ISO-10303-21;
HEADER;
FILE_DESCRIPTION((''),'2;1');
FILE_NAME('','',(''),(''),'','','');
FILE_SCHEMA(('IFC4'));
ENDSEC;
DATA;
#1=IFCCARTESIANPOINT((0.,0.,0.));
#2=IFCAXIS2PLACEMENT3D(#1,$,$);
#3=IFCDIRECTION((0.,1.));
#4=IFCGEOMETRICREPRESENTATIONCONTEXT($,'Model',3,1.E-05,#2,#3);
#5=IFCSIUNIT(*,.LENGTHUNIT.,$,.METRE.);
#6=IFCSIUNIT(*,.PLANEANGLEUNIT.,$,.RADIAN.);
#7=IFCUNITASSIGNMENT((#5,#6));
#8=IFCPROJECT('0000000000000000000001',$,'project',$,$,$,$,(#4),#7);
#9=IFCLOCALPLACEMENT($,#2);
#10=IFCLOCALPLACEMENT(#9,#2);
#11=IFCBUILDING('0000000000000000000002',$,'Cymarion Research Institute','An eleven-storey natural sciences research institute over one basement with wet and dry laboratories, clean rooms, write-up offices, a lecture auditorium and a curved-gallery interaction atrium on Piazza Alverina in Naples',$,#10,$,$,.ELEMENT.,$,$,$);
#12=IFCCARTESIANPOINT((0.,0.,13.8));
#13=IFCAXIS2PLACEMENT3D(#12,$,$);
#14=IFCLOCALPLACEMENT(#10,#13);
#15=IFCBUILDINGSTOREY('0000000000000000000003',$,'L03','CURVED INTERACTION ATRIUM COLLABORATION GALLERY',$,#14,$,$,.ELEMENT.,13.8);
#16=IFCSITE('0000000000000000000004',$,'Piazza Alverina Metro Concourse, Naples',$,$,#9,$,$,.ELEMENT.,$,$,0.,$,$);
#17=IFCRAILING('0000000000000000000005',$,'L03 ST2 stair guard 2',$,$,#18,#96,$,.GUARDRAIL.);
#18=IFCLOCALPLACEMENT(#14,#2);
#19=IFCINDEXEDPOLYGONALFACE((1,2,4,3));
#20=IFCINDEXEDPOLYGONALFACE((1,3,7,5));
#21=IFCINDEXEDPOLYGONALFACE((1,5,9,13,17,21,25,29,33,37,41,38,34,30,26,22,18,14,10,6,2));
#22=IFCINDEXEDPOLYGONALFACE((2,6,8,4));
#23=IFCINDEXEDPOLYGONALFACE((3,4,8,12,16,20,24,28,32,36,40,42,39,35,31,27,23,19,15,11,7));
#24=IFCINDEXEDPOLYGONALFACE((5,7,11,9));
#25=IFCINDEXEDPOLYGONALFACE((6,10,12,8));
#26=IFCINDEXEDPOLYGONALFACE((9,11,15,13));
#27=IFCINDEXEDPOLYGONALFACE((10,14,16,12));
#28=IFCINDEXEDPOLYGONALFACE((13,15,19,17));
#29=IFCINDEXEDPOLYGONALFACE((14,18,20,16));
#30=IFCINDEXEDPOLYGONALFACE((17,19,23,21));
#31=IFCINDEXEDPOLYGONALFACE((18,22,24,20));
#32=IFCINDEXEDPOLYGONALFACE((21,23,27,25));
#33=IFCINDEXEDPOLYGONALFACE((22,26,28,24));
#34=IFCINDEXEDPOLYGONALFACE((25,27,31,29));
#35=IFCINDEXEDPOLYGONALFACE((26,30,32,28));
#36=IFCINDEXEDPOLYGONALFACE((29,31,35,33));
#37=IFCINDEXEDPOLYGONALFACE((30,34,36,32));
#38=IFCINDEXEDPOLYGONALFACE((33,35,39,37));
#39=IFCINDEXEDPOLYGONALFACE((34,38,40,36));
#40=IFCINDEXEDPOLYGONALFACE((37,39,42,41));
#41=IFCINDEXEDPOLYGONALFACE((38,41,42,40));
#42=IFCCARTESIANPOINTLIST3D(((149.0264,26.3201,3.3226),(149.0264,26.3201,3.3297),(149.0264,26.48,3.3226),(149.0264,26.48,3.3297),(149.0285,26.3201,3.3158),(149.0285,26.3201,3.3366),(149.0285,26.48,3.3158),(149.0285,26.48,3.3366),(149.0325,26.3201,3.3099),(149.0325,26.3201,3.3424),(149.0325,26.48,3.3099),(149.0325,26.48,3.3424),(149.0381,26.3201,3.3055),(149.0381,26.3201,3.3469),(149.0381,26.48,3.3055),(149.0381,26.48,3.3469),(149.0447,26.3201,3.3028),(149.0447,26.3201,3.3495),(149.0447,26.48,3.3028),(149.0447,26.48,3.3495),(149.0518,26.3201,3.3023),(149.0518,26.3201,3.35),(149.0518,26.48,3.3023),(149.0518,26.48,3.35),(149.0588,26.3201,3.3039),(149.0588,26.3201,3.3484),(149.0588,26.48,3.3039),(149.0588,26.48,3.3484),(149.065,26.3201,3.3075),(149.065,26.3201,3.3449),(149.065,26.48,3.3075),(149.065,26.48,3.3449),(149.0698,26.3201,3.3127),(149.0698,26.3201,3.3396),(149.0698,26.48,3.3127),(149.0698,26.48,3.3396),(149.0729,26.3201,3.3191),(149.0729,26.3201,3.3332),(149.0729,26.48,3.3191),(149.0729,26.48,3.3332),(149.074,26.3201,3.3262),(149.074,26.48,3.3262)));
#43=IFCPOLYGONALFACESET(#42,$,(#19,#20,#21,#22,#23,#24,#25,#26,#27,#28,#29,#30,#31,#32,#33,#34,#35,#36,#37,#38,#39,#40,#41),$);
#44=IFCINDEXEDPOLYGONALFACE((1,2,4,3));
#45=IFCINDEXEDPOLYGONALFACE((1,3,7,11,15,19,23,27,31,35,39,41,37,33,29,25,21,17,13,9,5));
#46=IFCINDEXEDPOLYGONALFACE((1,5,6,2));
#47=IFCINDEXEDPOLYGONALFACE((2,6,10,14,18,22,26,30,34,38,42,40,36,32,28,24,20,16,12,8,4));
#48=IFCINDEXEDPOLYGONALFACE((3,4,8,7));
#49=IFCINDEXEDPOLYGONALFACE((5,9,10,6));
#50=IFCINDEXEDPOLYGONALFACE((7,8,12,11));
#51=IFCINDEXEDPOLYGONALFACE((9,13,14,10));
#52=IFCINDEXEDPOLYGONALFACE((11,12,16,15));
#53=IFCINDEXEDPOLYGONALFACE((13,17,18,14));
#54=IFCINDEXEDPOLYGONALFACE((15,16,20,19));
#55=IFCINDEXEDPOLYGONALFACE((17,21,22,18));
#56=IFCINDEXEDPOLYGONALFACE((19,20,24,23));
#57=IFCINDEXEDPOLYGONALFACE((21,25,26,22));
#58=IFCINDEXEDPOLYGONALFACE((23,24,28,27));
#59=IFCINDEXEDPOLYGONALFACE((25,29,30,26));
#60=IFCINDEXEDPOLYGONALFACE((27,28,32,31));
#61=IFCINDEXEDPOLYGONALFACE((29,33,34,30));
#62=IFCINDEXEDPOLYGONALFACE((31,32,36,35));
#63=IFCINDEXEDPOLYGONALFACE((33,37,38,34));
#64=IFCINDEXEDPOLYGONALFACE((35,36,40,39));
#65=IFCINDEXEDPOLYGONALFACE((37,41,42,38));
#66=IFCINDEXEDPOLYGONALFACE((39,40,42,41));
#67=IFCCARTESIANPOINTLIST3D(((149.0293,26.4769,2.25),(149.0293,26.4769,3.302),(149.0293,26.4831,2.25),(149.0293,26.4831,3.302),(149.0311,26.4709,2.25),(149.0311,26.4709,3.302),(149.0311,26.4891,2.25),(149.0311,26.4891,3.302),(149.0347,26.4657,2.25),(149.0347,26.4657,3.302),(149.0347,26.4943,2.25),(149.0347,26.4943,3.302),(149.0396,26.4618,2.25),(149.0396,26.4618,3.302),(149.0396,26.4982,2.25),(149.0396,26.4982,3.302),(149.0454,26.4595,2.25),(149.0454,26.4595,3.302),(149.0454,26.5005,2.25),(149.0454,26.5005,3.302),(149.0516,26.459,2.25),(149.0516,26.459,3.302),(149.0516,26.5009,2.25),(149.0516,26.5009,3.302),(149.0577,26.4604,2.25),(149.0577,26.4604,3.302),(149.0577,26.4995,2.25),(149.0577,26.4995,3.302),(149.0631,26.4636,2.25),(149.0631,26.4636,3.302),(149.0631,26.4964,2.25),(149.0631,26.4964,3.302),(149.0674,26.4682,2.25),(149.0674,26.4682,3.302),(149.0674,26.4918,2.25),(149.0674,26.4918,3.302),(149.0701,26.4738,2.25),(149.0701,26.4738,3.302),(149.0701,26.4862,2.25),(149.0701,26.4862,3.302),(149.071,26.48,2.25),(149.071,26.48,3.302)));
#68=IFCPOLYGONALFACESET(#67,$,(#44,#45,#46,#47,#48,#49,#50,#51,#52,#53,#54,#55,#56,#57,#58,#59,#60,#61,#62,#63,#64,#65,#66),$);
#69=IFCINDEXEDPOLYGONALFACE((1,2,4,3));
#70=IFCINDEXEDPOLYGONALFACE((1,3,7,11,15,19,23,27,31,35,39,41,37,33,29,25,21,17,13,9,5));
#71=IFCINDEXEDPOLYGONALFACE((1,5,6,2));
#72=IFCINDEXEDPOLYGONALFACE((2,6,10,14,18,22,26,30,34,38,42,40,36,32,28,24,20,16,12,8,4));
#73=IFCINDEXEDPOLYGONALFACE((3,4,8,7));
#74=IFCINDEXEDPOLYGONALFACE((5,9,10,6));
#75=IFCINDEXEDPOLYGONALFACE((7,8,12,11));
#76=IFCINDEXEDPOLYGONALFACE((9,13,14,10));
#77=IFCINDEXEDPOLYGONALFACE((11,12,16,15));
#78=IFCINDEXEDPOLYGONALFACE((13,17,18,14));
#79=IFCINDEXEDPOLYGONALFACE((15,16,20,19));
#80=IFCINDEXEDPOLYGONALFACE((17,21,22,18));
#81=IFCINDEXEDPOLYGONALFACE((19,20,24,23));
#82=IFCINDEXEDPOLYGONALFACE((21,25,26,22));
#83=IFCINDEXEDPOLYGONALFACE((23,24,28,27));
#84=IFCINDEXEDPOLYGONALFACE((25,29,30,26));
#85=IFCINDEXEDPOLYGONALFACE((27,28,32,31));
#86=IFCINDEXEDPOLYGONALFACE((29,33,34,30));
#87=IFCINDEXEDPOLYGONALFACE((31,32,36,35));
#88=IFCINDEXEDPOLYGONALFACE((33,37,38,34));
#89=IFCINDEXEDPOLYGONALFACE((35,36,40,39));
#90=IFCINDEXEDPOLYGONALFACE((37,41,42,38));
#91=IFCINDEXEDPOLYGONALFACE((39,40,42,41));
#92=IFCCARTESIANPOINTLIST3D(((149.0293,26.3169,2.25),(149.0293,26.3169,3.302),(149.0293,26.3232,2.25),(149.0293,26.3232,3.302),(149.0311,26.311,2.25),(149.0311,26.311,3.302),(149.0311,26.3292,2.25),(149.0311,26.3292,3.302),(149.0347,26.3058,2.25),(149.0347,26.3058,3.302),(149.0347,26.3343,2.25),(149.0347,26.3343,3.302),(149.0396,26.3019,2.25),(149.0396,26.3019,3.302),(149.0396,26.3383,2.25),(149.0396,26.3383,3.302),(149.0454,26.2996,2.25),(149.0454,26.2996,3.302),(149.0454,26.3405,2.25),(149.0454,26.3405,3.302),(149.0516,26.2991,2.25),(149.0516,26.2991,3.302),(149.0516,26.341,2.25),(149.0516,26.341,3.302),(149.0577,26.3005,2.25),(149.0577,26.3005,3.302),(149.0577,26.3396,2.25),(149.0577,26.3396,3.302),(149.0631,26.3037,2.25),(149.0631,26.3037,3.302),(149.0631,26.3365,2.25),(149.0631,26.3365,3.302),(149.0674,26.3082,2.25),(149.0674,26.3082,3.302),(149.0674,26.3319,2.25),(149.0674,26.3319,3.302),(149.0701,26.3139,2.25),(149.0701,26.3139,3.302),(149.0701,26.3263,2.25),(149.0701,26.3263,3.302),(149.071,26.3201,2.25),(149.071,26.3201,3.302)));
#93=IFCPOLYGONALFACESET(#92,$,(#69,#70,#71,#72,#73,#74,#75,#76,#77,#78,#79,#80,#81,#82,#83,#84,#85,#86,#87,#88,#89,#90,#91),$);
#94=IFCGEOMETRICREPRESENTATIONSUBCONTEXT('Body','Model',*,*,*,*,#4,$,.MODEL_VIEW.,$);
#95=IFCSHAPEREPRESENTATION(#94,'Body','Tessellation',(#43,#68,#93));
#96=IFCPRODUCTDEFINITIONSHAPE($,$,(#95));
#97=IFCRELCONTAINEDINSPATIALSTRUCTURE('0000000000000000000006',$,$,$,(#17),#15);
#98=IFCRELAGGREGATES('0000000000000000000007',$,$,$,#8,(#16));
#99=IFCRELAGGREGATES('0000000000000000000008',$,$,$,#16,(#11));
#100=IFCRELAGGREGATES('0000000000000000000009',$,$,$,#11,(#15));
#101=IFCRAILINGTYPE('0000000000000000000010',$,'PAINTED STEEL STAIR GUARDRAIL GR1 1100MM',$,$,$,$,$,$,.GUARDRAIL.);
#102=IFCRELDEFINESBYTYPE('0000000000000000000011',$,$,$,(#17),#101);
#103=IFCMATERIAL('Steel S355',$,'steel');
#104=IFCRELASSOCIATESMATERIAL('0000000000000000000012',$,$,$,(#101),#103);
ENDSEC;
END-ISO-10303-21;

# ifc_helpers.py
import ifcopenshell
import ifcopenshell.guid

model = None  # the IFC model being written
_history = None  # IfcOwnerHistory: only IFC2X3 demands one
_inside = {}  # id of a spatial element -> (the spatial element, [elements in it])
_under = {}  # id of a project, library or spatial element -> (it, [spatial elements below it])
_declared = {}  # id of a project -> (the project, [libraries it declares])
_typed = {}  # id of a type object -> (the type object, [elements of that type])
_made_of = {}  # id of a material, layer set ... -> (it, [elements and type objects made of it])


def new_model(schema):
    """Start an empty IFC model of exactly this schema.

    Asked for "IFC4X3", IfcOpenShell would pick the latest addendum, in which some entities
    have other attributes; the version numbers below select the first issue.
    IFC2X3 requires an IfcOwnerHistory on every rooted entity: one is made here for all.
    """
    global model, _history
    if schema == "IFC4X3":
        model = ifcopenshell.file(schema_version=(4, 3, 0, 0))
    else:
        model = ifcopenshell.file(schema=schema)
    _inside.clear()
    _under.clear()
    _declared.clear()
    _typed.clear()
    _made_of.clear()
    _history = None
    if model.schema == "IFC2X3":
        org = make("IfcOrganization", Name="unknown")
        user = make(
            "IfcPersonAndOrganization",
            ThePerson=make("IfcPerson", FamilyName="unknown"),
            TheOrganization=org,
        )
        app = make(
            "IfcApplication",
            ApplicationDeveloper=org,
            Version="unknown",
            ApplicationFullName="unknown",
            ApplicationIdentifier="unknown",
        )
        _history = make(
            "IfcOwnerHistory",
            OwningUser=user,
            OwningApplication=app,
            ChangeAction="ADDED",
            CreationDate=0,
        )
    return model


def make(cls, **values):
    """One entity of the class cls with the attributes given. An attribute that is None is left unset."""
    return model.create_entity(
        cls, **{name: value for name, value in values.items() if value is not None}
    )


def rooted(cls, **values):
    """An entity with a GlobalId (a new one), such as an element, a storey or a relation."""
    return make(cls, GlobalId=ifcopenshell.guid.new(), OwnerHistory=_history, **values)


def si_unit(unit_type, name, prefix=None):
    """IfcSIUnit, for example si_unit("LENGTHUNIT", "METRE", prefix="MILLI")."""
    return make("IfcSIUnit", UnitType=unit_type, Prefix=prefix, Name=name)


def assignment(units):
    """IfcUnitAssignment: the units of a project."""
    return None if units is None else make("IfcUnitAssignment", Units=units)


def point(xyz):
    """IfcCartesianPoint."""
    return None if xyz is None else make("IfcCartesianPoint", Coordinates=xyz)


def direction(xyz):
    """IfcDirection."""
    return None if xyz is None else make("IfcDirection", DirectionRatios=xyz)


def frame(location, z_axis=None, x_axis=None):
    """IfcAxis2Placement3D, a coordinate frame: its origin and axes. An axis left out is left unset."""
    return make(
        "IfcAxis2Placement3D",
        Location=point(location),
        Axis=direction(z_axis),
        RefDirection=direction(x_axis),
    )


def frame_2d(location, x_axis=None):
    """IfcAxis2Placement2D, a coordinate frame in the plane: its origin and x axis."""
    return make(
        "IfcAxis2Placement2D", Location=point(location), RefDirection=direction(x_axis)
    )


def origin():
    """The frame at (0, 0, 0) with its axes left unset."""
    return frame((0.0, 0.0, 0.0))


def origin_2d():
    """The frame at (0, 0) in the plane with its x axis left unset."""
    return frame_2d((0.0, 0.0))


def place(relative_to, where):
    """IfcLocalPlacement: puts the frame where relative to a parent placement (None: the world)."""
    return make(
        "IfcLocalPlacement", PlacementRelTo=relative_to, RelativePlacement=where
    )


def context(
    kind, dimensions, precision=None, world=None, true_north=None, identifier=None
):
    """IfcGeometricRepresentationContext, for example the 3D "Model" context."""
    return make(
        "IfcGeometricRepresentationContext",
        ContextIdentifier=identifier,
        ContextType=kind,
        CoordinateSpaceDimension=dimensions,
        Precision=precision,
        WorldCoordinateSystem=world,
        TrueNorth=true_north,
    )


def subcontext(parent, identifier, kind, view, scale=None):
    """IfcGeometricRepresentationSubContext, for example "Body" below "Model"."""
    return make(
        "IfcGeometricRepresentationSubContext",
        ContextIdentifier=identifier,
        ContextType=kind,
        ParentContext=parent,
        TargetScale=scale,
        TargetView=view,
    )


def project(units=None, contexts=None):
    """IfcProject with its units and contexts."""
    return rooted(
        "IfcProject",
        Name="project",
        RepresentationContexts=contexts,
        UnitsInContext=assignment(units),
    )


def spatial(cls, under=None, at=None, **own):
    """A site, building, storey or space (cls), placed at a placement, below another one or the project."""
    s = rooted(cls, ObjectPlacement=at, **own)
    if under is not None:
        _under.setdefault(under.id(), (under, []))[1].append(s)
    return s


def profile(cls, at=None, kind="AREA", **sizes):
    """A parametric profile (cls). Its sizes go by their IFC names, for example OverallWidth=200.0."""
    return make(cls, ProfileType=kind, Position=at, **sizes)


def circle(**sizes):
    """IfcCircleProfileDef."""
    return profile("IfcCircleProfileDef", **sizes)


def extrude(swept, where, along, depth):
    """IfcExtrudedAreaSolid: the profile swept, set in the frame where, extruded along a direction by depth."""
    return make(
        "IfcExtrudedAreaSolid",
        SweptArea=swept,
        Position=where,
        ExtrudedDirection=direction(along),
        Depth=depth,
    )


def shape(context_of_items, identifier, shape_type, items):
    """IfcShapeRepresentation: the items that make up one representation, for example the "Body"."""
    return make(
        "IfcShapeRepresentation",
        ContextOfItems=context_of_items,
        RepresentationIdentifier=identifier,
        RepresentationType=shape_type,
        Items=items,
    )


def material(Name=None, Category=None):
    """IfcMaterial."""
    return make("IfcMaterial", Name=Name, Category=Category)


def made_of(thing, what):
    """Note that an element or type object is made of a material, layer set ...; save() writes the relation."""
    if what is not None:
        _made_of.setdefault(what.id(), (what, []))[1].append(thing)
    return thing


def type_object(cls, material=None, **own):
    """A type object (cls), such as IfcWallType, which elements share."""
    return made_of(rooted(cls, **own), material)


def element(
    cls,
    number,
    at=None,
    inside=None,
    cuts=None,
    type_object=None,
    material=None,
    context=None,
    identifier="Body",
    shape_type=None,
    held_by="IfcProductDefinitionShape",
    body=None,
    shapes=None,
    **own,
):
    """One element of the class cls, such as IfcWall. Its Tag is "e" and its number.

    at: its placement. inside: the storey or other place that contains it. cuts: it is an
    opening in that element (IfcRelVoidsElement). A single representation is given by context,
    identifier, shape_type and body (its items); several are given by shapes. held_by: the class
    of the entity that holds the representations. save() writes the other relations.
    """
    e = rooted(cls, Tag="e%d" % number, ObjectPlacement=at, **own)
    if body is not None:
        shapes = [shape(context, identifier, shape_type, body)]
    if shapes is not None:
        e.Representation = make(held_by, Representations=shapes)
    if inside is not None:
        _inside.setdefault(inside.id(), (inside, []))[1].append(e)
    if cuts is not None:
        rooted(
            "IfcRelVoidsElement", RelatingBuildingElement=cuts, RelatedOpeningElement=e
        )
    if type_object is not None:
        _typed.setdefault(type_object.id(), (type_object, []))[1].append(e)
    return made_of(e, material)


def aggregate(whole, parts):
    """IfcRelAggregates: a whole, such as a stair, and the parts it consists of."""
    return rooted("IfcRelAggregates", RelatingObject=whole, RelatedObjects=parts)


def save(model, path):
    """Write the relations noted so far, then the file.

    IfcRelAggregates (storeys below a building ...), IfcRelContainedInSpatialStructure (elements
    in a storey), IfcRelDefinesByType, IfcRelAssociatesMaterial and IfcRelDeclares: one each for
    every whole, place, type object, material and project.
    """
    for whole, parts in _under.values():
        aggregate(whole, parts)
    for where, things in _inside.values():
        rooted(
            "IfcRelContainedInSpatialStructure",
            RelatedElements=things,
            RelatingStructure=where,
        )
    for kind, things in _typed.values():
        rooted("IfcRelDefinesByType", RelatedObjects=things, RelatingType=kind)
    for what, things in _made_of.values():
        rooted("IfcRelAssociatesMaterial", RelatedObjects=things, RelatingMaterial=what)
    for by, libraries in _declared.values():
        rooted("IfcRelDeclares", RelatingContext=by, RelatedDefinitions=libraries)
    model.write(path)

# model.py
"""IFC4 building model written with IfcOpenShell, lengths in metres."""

from ifc_helpers import new_model, si_unit, direction, frame, origin, origin_2d, place, context, subcontext, project, spatial, circle, extrude, material, type_object, element, save


model = new_model("IFC4")

# Units and contexts
model_context = context("Model", 3, precision=1e-05, world=origin(), true_north=direction((0.0, 1.0)))
body_context = subcontext(model_context, "Body", "Model", "MODEL_VIEW")
ifc_project = project(units=[si_unit("LENGTHUNIT", "METRE"), si_unit("PLANEANGLEUNIT", "RADIAN")], contexts=[model_context])

# Site, building, storey
site_placement = place(None, origin())
site = spatial("IfcSite", under=ifc_project, at=site_placement, Name="Piazza Alverina Metro Concourse, Naples", CompositionType="ELEMENT", RefElevation=0.0)
building_placement = place(site_placement, origin())
building = spatial("IfcBuilding", under=site, at=building_placement, Name="Cymarion Research Institute", Description="An eleven-storey natural sciences research institute over one basement with wet and dry laboratories, clean rooms, write-up offices, a lecture auditorium and a curved-gallery interaction atrium on Piazza Alverina in Naples", CompositionType="ELEMENT")
storey_placement = place(building_placement, frame((0.0, 0.0, 13.8)))
storey = spatial("IfcBuildingStorey", under=building, at=storey_placement, Name="L03", Description="CURVED INTERACTION ATRIUM COLLABORATION GALLERY", CompositionType="ELEMENT", Elevation=13.8)

# Shared definitions
ifc_material_1 = material(Name="Steel S355", Category="steel")

# Railing
railing_type_1 = type_object("IfcRailingType", Name="PAINTED STEEL STAIR GUARDRAIL GR1 1100MM", PredefinedType="GUARDRAIL", material=ifc_material_1)
railing_1_placement = place(storey_placement, frame((149.05, 26.48, 2.25)))
element("IfcRailing", 1, at=railing_1_placement, inside=storey, type_object=railing_type_1, Name="L03 ST2 stair guard 2", PredefinedType="GUARDRAIL", context=body_context, shape_type="SweptSolid", body=[
    extrude(circle(Radius=0.0239, at=origin_2d()), frame((0.0, 0.0, 1.0762), z_axis=(0.0, -1.0, 0.0), x_axis=(1.0, 0.0, 0.0)), (0.0, 0.0, 1.0), 0.1599),
    extrude(circle(Radius=0.021, at=origin_2d()), origin(), (0.0, 0.0, 1.0), 1.052),
    extrude(circle(Radius=0.021, at=origin_2d()), frame((0.0, -0.1599, 0.0)), (0.0, 0.0, 1.0), 1.052),
])

save(model, "model.ifc")
